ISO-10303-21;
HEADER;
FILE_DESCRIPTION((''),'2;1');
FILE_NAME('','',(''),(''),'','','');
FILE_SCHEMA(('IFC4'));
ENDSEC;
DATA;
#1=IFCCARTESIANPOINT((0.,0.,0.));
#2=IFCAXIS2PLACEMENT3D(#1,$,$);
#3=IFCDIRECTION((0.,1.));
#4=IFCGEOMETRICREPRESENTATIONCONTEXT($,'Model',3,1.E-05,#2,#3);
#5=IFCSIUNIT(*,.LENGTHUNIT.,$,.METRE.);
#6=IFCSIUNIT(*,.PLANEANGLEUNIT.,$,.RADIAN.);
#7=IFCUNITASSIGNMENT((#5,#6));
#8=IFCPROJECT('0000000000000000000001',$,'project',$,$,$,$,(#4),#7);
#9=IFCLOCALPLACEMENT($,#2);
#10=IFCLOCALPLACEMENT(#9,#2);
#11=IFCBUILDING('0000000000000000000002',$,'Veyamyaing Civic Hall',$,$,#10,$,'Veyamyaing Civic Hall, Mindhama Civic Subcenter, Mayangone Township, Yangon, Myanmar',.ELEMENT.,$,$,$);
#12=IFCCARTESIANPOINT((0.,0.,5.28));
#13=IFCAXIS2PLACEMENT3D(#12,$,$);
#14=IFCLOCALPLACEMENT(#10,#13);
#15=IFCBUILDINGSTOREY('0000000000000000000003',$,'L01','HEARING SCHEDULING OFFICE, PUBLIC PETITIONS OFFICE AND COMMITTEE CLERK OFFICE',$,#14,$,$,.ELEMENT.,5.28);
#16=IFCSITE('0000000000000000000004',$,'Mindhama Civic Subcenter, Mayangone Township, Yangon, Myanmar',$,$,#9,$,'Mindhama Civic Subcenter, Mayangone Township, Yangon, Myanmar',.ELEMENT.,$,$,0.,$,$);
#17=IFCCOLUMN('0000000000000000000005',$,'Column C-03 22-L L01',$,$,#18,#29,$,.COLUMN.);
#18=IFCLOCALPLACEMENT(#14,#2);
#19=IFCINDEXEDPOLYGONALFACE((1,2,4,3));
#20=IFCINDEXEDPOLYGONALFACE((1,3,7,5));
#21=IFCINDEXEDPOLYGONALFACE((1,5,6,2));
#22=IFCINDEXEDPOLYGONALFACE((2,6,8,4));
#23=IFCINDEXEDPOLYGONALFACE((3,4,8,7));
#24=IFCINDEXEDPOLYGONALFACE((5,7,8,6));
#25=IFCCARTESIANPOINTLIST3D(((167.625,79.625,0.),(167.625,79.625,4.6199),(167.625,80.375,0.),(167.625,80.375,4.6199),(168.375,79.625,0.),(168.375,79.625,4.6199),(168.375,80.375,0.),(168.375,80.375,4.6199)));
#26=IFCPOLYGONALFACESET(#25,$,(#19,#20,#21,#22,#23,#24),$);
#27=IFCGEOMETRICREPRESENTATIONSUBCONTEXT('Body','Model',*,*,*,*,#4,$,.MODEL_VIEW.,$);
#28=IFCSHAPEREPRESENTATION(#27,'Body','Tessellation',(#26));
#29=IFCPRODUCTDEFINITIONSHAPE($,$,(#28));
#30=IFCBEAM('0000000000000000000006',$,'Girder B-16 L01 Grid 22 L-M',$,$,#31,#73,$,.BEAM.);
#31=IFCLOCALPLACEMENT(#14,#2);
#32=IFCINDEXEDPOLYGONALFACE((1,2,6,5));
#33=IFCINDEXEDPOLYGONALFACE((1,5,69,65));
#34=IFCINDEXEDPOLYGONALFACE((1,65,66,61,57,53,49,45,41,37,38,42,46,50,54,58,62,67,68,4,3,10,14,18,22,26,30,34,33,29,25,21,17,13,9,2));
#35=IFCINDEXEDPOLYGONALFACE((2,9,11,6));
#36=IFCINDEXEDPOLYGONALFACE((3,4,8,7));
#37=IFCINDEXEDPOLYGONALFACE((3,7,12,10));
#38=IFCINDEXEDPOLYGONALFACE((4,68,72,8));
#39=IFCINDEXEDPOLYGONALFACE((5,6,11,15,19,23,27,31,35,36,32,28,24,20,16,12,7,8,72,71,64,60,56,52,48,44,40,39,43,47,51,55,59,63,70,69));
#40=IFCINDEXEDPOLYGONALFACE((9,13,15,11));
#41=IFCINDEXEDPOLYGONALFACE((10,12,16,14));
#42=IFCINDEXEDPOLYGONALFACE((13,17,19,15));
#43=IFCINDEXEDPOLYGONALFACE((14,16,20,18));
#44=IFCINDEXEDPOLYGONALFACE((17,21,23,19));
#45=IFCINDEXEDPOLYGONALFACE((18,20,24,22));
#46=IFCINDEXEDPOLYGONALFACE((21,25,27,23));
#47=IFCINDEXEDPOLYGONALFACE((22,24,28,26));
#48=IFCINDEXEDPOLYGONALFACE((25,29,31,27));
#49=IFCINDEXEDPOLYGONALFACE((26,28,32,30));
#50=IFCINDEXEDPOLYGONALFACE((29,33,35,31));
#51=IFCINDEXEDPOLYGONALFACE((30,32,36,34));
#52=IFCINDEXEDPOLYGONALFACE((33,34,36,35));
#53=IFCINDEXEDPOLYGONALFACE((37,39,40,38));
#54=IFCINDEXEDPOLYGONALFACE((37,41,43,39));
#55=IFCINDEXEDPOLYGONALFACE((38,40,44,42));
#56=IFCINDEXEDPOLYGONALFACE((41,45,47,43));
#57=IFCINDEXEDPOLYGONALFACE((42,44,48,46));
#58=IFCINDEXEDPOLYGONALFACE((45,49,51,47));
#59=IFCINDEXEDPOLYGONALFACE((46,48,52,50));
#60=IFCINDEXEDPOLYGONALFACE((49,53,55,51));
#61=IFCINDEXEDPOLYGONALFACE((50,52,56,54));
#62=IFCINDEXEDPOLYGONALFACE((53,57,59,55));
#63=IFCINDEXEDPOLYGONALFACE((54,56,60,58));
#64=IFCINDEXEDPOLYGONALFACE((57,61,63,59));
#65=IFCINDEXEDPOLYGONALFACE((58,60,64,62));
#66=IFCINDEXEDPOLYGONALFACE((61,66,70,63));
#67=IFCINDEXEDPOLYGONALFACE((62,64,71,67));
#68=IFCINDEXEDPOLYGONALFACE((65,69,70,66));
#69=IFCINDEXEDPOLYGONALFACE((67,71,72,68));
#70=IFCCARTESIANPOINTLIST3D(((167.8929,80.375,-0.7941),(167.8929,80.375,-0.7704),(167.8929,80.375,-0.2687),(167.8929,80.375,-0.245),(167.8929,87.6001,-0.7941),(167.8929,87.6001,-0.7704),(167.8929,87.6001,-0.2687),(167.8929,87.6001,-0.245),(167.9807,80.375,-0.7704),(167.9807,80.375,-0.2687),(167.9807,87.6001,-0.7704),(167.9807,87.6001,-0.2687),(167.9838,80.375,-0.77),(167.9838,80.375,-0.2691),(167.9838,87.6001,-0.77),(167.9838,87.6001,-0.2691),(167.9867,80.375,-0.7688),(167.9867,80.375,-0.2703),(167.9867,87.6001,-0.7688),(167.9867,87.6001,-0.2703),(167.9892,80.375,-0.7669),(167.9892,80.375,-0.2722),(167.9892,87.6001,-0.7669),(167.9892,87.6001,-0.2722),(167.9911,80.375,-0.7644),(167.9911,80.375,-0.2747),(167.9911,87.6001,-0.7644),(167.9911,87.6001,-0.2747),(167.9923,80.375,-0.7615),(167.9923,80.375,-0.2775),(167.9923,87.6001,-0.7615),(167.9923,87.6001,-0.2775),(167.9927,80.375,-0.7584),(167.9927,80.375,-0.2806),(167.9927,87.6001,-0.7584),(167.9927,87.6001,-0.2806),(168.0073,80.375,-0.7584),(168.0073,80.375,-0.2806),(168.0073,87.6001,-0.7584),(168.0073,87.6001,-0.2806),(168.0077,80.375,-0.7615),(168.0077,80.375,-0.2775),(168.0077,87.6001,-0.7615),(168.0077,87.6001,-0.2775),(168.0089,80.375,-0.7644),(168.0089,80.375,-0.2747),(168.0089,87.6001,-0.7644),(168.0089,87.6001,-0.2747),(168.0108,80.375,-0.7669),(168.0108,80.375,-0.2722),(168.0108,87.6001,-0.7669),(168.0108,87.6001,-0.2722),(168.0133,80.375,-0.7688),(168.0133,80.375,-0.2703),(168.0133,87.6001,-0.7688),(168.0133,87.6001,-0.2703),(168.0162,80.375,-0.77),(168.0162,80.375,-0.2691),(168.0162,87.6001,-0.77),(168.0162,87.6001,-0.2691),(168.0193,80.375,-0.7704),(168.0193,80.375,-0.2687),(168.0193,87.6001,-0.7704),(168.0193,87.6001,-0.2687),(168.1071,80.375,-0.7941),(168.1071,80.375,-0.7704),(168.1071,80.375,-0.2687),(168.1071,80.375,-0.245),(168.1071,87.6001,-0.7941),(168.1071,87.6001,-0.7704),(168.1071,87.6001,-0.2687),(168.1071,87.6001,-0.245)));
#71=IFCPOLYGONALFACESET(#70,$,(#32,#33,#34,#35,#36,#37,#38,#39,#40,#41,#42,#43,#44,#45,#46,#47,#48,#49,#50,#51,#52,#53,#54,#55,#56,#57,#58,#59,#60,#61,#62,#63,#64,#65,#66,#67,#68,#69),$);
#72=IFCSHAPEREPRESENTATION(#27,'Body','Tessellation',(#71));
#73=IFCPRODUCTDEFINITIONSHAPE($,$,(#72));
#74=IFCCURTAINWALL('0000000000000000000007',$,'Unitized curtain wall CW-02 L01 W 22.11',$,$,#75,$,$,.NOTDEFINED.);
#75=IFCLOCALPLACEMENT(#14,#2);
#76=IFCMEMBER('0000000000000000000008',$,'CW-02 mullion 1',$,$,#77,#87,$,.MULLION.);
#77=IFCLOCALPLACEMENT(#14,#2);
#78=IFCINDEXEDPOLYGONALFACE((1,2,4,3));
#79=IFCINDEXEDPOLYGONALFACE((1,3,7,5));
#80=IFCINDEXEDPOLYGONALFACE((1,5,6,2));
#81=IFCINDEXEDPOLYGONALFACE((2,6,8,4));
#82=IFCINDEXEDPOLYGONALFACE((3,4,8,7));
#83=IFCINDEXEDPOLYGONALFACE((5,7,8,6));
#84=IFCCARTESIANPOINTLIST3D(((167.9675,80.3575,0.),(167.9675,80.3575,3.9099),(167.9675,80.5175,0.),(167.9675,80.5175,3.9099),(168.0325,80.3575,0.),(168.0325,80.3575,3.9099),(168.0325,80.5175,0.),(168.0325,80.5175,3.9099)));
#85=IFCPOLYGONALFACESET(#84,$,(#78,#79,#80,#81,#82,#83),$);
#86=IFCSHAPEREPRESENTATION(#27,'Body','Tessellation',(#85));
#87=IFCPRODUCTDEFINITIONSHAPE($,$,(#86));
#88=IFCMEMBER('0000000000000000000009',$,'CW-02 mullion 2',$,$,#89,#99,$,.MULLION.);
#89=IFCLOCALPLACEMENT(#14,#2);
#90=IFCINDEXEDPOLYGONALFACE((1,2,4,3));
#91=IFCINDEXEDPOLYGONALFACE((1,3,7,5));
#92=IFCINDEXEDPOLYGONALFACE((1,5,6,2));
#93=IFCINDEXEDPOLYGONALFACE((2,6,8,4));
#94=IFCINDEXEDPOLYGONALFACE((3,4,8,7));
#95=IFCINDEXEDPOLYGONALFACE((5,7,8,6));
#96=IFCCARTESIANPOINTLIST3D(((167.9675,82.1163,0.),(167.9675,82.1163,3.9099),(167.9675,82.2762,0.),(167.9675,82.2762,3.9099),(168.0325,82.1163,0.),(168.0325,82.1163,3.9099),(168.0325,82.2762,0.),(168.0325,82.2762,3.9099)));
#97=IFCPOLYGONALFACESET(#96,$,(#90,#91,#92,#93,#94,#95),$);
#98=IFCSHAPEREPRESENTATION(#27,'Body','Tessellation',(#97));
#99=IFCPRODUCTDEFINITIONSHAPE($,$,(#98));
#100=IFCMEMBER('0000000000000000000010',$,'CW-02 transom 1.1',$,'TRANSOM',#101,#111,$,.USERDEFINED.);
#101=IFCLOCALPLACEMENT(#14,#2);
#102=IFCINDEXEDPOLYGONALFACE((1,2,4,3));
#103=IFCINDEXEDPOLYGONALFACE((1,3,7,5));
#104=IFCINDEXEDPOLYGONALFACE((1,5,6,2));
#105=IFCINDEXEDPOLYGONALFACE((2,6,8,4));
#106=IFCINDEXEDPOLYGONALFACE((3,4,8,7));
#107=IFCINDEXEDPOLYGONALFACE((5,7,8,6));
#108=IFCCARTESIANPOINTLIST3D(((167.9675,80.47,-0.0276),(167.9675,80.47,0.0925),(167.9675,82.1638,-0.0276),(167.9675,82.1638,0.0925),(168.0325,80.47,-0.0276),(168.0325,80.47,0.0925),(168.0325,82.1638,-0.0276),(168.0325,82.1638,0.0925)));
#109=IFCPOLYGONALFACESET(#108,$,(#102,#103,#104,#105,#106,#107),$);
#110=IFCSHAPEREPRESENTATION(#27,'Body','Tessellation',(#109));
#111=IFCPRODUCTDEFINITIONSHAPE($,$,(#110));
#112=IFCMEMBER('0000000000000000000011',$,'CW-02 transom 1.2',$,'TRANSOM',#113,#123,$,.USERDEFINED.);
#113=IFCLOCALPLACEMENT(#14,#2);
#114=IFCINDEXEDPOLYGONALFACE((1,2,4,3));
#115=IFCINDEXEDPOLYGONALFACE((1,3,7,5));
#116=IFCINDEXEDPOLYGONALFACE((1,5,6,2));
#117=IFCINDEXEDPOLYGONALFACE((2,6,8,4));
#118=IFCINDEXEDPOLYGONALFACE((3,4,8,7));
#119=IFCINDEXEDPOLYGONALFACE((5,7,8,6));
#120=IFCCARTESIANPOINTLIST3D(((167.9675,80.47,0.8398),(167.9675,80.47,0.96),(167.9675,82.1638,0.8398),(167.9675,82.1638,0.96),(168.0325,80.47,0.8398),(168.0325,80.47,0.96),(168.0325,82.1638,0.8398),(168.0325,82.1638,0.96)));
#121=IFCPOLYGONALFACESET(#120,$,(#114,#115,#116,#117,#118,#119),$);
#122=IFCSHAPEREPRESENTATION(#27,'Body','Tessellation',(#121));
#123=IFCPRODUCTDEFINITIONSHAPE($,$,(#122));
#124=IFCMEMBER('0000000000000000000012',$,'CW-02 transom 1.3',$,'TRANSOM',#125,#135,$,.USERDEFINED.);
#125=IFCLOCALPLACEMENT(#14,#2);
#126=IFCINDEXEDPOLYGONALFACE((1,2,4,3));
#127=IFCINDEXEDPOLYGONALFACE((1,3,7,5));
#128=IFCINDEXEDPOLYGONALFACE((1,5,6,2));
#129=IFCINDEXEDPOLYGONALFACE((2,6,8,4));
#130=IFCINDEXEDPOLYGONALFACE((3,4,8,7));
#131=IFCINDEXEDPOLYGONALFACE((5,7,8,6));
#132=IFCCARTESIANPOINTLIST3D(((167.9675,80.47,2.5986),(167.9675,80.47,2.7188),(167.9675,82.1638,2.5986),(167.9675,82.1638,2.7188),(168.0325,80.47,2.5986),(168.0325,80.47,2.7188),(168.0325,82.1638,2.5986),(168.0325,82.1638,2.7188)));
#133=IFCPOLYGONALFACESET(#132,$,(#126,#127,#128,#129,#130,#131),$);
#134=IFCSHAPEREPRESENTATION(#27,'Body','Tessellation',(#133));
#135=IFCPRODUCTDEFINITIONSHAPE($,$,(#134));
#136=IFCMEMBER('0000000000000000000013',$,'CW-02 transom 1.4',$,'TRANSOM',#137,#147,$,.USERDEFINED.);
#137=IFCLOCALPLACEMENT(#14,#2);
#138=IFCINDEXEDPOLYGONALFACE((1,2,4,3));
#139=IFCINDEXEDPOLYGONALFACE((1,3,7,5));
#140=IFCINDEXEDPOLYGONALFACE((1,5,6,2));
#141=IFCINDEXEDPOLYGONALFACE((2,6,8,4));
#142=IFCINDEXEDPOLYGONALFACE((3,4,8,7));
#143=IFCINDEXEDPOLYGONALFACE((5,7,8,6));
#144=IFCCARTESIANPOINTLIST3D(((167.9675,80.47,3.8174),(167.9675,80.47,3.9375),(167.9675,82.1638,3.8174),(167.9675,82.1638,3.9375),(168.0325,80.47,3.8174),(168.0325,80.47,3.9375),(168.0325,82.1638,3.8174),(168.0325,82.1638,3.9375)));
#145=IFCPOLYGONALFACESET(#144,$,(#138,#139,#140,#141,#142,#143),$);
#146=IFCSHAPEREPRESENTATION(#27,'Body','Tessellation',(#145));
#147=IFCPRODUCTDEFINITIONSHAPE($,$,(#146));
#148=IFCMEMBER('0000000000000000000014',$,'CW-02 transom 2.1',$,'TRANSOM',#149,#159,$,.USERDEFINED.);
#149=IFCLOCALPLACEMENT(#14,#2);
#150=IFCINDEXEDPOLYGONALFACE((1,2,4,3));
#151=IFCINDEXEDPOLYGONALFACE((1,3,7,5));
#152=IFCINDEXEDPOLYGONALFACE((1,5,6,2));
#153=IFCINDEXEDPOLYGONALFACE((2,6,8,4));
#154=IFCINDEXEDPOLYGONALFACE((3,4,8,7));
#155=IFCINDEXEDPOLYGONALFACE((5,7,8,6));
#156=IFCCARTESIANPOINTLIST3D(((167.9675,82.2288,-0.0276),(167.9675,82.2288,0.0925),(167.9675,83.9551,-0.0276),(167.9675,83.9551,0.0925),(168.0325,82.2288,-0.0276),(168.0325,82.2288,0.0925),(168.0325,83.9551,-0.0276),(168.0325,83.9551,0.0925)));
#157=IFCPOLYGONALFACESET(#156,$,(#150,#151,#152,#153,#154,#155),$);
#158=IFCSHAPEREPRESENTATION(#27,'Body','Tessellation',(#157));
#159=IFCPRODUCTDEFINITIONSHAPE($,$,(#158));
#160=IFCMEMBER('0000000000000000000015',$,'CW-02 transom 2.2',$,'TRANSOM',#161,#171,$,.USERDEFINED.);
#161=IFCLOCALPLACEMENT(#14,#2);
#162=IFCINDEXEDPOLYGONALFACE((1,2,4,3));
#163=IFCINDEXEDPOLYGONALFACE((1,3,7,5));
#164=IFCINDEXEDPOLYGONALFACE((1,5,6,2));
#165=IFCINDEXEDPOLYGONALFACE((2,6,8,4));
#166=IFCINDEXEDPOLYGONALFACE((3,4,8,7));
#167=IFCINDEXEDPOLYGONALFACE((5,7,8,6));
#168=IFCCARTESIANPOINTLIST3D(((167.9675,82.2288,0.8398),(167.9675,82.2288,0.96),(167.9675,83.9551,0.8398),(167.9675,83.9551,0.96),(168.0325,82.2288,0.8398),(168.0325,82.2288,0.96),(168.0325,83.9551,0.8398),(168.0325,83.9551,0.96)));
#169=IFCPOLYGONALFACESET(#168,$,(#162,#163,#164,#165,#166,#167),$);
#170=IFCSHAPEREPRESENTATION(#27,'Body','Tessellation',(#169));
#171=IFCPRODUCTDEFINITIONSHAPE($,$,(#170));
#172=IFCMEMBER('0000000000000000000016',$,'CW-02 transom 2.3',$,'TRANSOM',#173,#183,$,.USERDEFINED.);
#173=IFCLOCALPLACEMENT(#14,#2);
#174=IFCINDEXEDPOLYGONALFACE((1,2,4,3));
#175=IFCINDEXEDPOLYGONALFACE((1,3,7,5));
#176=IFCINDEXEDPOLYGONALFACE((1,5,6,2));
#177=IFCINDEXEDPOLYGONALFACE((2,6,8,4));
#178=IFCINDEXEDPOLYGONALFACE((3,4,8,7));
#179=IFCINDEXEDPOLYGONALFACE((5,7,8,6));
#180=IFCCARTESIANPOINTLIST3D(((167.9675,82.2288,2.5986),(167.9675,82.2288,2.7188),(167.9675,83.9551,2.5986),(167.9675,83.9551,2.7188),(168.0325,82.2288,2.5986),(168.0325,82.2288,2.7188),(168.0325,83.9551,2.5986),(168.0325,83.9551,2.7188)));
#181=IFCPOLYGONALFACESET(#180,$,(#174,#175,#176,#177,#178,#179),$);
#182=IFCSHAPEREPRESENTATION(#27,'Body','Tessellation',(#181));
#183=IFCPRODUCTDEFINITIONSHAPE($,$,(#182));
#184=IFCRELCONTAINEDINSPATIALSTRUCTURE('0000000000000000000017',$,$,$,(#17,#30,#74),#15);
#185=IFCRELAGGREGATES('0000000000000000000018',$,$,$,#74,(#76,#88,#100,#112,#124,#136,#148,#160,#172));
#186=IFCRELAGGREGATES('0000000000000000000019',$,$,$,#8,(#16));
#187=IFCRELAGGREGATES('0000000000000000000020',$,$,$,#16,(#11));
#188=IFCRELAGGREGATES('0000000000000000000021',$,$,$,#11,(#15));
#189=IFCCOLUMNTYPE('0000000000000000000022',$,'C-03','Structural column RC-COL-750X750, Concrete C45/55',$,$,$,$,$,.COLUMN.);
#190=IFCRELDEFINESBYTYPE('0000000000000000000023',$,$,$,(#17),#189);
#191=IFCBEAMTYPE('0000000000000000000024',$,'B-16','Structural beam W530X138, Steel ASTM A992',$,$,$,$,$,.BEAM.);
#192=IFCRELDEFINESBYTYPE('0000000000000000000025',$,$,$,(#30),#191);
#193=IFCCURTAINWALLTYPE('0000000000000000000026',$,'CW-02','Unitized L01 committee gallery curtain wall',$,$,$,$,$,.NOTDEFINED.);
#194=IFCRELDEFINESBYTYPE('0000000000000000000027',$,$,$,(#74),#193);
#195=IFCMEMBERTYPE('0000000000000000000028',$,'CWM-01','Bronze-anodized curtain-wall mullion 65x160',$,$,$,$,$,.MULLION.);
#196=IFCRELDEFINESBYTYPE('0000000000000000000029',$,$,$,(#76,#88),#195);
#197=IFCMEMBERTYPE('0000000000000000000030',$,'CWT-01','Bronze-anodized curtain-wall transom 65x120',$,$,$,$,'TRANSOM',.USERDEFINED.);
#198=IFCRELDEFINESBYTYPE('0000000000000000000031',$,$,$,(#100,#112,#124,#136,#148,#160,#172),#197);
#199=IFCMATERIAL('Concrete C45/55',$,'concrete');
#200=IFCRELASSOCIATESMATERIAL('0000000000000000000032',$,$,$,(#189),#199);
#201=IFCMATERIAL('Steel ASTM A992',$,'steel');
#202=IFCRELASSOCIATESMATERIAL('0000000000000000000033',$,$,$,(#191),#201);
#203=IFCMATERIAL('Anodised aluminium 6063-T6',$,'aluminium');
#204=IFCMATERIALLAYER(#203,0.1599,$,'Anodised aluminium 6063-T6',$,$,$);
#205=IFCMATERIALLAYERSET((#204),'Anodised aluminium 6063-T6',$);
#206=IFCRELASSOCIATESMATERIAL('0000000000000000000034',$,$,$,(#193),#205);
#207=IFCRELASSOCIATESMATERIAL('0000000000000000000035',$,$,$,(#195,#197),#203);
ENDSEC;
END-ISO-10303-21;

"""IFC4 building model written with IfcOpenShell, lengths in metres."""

from ifc_helpers import new_model, si_unit, direction, frame, origin, origin_2d, place, context, subcontext, project, spatial, rectangle, i_section, extrude, material, layer, layer_set, material_profile, profile_set, type_object, element, aggregate, save


model = new_model("IFC4")

# Units and contexts
model_context = context("Model", 3, precision=1e-05, world=origin(), true_north=direction((0.0, 1.0)))
body_context = subcontext(model_context, "Body", "Model", "MODEL_VIEW")
ifc_project = project(units=[si_unit("LENGTHUNIT", "METRE"), si_unit("PLANEANGLEUNIT", "RADIAN")], contexts=[model_context])

# Site, building, storey
site_placement = place(None, origin())
site = spatial("IfcSite", under=ifc_project, at=site_placement, Name="Mindhama Civic Subcenter, Mayangone Township, Yangon, Myanmar", LongName="Mindhama Civic Subcenter, Mayangone Township, Yangon, Myanmar", CompositionType="ELEMENT", RefElevation=0.0)
building_placement = place(site_placement, origin())
building = spatial("IfcBuilding", under=site, at=building_placement, Name="Veyamyaing Civic Hall", LongName="Veyamyaing Civic Hall, Mindhama Civic Subcenter, Mayangone Township, Yangon, Myanmar", CompositionType="ELEMENT")
storey_placement = place(building_placement, frame((0.0, 0.0, 5.28)))
storey = spatial("IfcBuildingStorey", under=building, at=storey_placement, Name="L01", Description="HEARING SCHEDULING OFFICE, PUBLIC PETITIONS OFFICE AND COMMITTEE CLERK OFFICE", CompositionType="ELEMENT", Elevation=5.28)

# Column
ifc_material_1 = material(Name="Concrete C45/55", Category="concrete")
ifc_material_profile_1 = material_profile(ifc_material_1, rectangle(XDim=0.75, YDim=0.75, at=origin_2d()), Name="RC-COL-750X750")
ifc_profile_set_1 = profile_set([ifc_material_profile_1], Name="Concrete C45/55")
column_type = type_object("IfcColumnType", Name="C-03", Description="Structural column RC-COL-750X750, Concrete C45/55", PredefinedType="COLUMN", material=ifc_profile_set_1)
column_placement = place(storey_placement, frame((168.0, 80.0, 0.0), z_axis=(0.0, 0.0, 1.0), x_axis=(1.0, 0.0, 0.0)))
element("IfcColumn", 1, at=column_placement, inside=storey, type_object=column_type, Name="Column C-03 22-L L01", PredefinedType="COLUMN", context=body_context, shape_type="SweptSolid", body=[
    extrude(rectangle(XDim=0.75, YDim=0.75, at=origin_2d()), origin(), (0.0, 0.0, 1.0), 4.6199),
])

# Beam
ifc_material_2 = material(Name="Steel ASTM A992", Category="steel")
ifc_material_profile_2 = material_profile(ifc_material_2, i_section(OverallWidth=0.2141, OverallDepth=0.5491, WebThickness=0.0146, FlangeThickness=0.0237, FilletRadius=0.012, at=origin_2d()), Name="W530X138")
ifc_profile_set_2 = profile_set([ifc_material_profile_2], Name="Steel ASTM A992")
beam_type_1 = type_object("IfcBeamType", Name="B-16", Description="Structural beam W530X138, Steel ASTM A992", PredefinedType="BEAM", material=ifc_profile_set_2)
beam_1_placement = place(storey_placement, frame((168.0, 80.375, -0.5195), z_axis=(0.0, 1.0, 0.0), x_axis=(-1.0, 0.0, 0.0)))
element("IfcBeam", 2, at=beam_1_placement, inside=storey, type_object=beam_type_1, Name="Girder B-16 L01 Grid 22 L-M", PredefinedType="BEAM", context=body_context, shape_type="SweptSolid", body=[
    extrude(i_section(OverallWidth=0.2141, OverallDepth=0.5491, WebThickness=0.0146, FlangeThickness=0.0237, FilletRadius=0.012, at=origin_2d()), origin(), (0.0, 0.0, 1.0), 7.2251),
])

# Curtain wall, members
ifc_material_3 = material(Name="Anodised aluminium 6063-T6", Category="aluminium")
ifc_layer_1 = layer(ifc_material_3, 0.1599, Name="Anodised aluminium 6063-T6")
ifc_layer_set_1 = layer_set([ifc_layer_1], Name="Anodised aluminium 6063-T6")
curtain_wall_type = type_object("IfcCurtainWallType", Name="CW-02", Description="Unitized L01 committee gallery curtain wall", PredefinedType="NOTDEFINED", material=ifc_layer_set_1)
curtain_wall_placement = place(storey_placement, origin())
curtain_wall = element("IfcCurtainWall", 3, at=curtain_wall_placement, inside=storey, type_object=curtain_wall_type, Name="Unitized curtain wall CW-02 L01 W 22.11", PredefinedType="NOTDEFINED")
ifc_material_profile_3 = material_profile(ifc_material_3, rectangle(XDim=0.0649, YDim=0.1599, at=origin_2d()), Name="ALU-MUL-65X160")
ifc_profile_set_3 = profile_set([ifc_material_profile_3], Name="Anodised aluminium 6063-T6")
member_type_1 = type_object("IfcMemberType", Name="CWM-01", Description="Bronze-anodized curtain-wall mullion 65x160", PredefinedType="MULLION", material=ifc_profile_set_3)
member_1_placement = place(storey_placement, frame((168.0, 80.4375, 0.0), z_axis=(0.0, 0.0, 1.0), x_axis=(-1.0, 0.0, 0.0)))
member_1 = element("IfcMember", 4, at=member_1_placement, type_object=member_type_1, Name="CW-02 mullion 1", PredefinedType="MULLION", context=body_context, shape_type="SweptSolid", body=[
    extrude(rectangle(XDim=0.0649, YDim=0.1599, at=origin_2d()), origin(), (0.0, 0.0, 1.0), 3.9099),
])
member_2_placement = place(storey_placement, frame((168.0, 82.1963, 0.0), z_axis=(0.0, 0.0, 1.0), x_axis=(-1.0, 0.0, 0.0)))
member_2 = element("IfcMember", 5, at=member_2_placement, type_object=member_type_1, Name="CW-02 mullion 2", PredefinedType="MULLION", context=body_context, shape_type="SweptSolid", body=[
    extrude(rectangle(XDim=0.0649, YDim=0.1599, at=origin_2d()), origin(), (0.0, 0.0, 1.0), 3.9099),
])
ifc_material_profile_4 = material_profile(ifc_material_3, rectangle(XDim=0.0649, YDim=0.1201, at=origin_2d()), Name="ALU-TRN-65X120")
ifc_profile_set_4 = profile_set([ifc_material_profile_4], Name="Anodised aluminium 6063-T6")
member_type_2 = type_object("IfcMemberType", Name="CWT-01", Description="Bronze-anodized curtain-wall transom 65x120", ElementType="TRANSOM", PredefinedType="USERDEFINED", material=ifc_profile_set_4)
member_3_placement = place(storey_placement, frame((168.0, 80.47, 0.0325), z_axis=(0.0, 1.0, 0.0), x_axis=(-1.0, 0.0, 0.0)))
member_3 = element("IfcMember", 6, at=member_3_placement, type_object=member_type_2, Name="CW-02 transom 1.1", ObjectType="TRANSOM", PredefinedType="USERDEFINED", context=body_context, shape_type="SweptSolid", body=[
    extrude(rectangle(XDim=0.0649, YDim=0.1201, at=origin_2d()), origin(), (0.0, 0.0, 1.0), 1.6938),
])
member_4_placement = place(storey_placement, frame((168.0, 80.47, 0.8999), z_axis=(0.0, 1.0, 0.0), x_axis=(-1.0, 0.0, 0.0)))
member_4 = element("IfcMember", 7, at=member_4_placement, type_object=member_type_2, Name="CW-02 transom 1.2", ObjectType="TRANSOM", PredefinedType="USERDEFINED", context=body_context, shape_type="SweptSolid", body=[
    extrude(rectangle(XDim=0.0649, YDim=0.1201, at=origin_2d()), origin(), (0.0, 0.0, 1.0), 1.6938),
])
member_5_placement = place(storey_placement, frame((168.0, 80.47, 2.6587), z_axis=(0.0, 1.0, 0.0), x_axis=(-1.0, 0.0, 0.0)))
member_5 = element("IfcMember", 8, at=member_5_placement, type_object=member_type_2, Name="CW-02 transom 1.3", ObjectType="TRANSOM", PredefinedType="USERDEFINED", context=body_context, shape_type="SweptSolid", body=[
    extrude(rectangle(XDim=0.0649, YDim=0.1201, at=origin_2d()), origin(), (0.0, 0.0, 1.0), 1.6938),
])
member_6_placement = place(storey_placement, frame((168.0, 80.47, 3.8774), z_axis=(0.0, 1.0, 0.0), x_axis=(-1.0, 0.0, 0.0)))
member_6 = element("IfcMember", 9, at=member_6_placement, type_object=member_type_2, Name="CW-02 transom 1.4", ObjectType="TRANSOM", PredefinedType="USERDEFINED", context=body_context, shape_type="SweptSolid", body=[
    extrude(rectangle(XDim=0.0649, YDim=0.1201, at=origin_2d()), origin(), (0.0, 0.0, 1.0), 1.6938),
])
member_7_placement = place(storey_placement, frame((168.0, 82.2288, 0.0325), z_axis=(0.0, 1.0, 0.0), x_axis=(-1.0, 0.0, 0.0)))
member_7 = element("IfcMember", 10, at=member_7_placement, type_object=member_type_2, Name="CW-02 transom 2.1", ObjectType="TRANSOM", PredefinedType="USERDEFINED", context=body_context, shape_type="SweptSolid", body=[
    extrude(rectangle(XDim=0.0649, YDim=0.1201, at=origin_2d()), origin(), (0.0, 0.0, 1.0), 1.7263),
])
member_8_placement = place(storey_placement, frame((168.0, 82.2288, 0.8999), z_axis=(0.0, 1.0, 0.0), x_axis=(-1.0, 0.0, 0.0)))
member_8 = element("IfcMember", 11, at=member_8_placement, type_object=member_type_2, Name="CW-02 transom 2.2", ObjectType="TRANSOM", PredefinedType="USERDEFINED", context=body_context, shape_type="SweptSolid", body=[
    extrude(rectangle(XDim=0.0649, YDim=0.1201, at=origin_2d()), origin(), (0.0, 0.0, 1.0), 1.7263),
])
member_9_placement = place(storey_placement, frame((168.0, 82.2288, 2.6587), z_axis=(0.0, 1.0, 0.0), x_axis=(-1.0, 0.0, 0.0)))
member_9 = element("IfcMember", 12, at=member_9_placement, type_object=member_type_2, Name="CW-02 transom 2.3", ObjectType="TRANSOM", PredefinedType="USERDEFINED", context=body_context, shape_type="SweptSolid", body=[
    extrude(rectangle(XDim=0.0649, YDim=0.1201, at=origin_2d()), origin(), (0.0, 0.0, 1.0), 1.7263),
])

aggregate(curtain_wall, [member_1, member_2, member_3, member_4, member_5, member_6, member_7, member_8, member_9])

save(model, "model.ifc")
